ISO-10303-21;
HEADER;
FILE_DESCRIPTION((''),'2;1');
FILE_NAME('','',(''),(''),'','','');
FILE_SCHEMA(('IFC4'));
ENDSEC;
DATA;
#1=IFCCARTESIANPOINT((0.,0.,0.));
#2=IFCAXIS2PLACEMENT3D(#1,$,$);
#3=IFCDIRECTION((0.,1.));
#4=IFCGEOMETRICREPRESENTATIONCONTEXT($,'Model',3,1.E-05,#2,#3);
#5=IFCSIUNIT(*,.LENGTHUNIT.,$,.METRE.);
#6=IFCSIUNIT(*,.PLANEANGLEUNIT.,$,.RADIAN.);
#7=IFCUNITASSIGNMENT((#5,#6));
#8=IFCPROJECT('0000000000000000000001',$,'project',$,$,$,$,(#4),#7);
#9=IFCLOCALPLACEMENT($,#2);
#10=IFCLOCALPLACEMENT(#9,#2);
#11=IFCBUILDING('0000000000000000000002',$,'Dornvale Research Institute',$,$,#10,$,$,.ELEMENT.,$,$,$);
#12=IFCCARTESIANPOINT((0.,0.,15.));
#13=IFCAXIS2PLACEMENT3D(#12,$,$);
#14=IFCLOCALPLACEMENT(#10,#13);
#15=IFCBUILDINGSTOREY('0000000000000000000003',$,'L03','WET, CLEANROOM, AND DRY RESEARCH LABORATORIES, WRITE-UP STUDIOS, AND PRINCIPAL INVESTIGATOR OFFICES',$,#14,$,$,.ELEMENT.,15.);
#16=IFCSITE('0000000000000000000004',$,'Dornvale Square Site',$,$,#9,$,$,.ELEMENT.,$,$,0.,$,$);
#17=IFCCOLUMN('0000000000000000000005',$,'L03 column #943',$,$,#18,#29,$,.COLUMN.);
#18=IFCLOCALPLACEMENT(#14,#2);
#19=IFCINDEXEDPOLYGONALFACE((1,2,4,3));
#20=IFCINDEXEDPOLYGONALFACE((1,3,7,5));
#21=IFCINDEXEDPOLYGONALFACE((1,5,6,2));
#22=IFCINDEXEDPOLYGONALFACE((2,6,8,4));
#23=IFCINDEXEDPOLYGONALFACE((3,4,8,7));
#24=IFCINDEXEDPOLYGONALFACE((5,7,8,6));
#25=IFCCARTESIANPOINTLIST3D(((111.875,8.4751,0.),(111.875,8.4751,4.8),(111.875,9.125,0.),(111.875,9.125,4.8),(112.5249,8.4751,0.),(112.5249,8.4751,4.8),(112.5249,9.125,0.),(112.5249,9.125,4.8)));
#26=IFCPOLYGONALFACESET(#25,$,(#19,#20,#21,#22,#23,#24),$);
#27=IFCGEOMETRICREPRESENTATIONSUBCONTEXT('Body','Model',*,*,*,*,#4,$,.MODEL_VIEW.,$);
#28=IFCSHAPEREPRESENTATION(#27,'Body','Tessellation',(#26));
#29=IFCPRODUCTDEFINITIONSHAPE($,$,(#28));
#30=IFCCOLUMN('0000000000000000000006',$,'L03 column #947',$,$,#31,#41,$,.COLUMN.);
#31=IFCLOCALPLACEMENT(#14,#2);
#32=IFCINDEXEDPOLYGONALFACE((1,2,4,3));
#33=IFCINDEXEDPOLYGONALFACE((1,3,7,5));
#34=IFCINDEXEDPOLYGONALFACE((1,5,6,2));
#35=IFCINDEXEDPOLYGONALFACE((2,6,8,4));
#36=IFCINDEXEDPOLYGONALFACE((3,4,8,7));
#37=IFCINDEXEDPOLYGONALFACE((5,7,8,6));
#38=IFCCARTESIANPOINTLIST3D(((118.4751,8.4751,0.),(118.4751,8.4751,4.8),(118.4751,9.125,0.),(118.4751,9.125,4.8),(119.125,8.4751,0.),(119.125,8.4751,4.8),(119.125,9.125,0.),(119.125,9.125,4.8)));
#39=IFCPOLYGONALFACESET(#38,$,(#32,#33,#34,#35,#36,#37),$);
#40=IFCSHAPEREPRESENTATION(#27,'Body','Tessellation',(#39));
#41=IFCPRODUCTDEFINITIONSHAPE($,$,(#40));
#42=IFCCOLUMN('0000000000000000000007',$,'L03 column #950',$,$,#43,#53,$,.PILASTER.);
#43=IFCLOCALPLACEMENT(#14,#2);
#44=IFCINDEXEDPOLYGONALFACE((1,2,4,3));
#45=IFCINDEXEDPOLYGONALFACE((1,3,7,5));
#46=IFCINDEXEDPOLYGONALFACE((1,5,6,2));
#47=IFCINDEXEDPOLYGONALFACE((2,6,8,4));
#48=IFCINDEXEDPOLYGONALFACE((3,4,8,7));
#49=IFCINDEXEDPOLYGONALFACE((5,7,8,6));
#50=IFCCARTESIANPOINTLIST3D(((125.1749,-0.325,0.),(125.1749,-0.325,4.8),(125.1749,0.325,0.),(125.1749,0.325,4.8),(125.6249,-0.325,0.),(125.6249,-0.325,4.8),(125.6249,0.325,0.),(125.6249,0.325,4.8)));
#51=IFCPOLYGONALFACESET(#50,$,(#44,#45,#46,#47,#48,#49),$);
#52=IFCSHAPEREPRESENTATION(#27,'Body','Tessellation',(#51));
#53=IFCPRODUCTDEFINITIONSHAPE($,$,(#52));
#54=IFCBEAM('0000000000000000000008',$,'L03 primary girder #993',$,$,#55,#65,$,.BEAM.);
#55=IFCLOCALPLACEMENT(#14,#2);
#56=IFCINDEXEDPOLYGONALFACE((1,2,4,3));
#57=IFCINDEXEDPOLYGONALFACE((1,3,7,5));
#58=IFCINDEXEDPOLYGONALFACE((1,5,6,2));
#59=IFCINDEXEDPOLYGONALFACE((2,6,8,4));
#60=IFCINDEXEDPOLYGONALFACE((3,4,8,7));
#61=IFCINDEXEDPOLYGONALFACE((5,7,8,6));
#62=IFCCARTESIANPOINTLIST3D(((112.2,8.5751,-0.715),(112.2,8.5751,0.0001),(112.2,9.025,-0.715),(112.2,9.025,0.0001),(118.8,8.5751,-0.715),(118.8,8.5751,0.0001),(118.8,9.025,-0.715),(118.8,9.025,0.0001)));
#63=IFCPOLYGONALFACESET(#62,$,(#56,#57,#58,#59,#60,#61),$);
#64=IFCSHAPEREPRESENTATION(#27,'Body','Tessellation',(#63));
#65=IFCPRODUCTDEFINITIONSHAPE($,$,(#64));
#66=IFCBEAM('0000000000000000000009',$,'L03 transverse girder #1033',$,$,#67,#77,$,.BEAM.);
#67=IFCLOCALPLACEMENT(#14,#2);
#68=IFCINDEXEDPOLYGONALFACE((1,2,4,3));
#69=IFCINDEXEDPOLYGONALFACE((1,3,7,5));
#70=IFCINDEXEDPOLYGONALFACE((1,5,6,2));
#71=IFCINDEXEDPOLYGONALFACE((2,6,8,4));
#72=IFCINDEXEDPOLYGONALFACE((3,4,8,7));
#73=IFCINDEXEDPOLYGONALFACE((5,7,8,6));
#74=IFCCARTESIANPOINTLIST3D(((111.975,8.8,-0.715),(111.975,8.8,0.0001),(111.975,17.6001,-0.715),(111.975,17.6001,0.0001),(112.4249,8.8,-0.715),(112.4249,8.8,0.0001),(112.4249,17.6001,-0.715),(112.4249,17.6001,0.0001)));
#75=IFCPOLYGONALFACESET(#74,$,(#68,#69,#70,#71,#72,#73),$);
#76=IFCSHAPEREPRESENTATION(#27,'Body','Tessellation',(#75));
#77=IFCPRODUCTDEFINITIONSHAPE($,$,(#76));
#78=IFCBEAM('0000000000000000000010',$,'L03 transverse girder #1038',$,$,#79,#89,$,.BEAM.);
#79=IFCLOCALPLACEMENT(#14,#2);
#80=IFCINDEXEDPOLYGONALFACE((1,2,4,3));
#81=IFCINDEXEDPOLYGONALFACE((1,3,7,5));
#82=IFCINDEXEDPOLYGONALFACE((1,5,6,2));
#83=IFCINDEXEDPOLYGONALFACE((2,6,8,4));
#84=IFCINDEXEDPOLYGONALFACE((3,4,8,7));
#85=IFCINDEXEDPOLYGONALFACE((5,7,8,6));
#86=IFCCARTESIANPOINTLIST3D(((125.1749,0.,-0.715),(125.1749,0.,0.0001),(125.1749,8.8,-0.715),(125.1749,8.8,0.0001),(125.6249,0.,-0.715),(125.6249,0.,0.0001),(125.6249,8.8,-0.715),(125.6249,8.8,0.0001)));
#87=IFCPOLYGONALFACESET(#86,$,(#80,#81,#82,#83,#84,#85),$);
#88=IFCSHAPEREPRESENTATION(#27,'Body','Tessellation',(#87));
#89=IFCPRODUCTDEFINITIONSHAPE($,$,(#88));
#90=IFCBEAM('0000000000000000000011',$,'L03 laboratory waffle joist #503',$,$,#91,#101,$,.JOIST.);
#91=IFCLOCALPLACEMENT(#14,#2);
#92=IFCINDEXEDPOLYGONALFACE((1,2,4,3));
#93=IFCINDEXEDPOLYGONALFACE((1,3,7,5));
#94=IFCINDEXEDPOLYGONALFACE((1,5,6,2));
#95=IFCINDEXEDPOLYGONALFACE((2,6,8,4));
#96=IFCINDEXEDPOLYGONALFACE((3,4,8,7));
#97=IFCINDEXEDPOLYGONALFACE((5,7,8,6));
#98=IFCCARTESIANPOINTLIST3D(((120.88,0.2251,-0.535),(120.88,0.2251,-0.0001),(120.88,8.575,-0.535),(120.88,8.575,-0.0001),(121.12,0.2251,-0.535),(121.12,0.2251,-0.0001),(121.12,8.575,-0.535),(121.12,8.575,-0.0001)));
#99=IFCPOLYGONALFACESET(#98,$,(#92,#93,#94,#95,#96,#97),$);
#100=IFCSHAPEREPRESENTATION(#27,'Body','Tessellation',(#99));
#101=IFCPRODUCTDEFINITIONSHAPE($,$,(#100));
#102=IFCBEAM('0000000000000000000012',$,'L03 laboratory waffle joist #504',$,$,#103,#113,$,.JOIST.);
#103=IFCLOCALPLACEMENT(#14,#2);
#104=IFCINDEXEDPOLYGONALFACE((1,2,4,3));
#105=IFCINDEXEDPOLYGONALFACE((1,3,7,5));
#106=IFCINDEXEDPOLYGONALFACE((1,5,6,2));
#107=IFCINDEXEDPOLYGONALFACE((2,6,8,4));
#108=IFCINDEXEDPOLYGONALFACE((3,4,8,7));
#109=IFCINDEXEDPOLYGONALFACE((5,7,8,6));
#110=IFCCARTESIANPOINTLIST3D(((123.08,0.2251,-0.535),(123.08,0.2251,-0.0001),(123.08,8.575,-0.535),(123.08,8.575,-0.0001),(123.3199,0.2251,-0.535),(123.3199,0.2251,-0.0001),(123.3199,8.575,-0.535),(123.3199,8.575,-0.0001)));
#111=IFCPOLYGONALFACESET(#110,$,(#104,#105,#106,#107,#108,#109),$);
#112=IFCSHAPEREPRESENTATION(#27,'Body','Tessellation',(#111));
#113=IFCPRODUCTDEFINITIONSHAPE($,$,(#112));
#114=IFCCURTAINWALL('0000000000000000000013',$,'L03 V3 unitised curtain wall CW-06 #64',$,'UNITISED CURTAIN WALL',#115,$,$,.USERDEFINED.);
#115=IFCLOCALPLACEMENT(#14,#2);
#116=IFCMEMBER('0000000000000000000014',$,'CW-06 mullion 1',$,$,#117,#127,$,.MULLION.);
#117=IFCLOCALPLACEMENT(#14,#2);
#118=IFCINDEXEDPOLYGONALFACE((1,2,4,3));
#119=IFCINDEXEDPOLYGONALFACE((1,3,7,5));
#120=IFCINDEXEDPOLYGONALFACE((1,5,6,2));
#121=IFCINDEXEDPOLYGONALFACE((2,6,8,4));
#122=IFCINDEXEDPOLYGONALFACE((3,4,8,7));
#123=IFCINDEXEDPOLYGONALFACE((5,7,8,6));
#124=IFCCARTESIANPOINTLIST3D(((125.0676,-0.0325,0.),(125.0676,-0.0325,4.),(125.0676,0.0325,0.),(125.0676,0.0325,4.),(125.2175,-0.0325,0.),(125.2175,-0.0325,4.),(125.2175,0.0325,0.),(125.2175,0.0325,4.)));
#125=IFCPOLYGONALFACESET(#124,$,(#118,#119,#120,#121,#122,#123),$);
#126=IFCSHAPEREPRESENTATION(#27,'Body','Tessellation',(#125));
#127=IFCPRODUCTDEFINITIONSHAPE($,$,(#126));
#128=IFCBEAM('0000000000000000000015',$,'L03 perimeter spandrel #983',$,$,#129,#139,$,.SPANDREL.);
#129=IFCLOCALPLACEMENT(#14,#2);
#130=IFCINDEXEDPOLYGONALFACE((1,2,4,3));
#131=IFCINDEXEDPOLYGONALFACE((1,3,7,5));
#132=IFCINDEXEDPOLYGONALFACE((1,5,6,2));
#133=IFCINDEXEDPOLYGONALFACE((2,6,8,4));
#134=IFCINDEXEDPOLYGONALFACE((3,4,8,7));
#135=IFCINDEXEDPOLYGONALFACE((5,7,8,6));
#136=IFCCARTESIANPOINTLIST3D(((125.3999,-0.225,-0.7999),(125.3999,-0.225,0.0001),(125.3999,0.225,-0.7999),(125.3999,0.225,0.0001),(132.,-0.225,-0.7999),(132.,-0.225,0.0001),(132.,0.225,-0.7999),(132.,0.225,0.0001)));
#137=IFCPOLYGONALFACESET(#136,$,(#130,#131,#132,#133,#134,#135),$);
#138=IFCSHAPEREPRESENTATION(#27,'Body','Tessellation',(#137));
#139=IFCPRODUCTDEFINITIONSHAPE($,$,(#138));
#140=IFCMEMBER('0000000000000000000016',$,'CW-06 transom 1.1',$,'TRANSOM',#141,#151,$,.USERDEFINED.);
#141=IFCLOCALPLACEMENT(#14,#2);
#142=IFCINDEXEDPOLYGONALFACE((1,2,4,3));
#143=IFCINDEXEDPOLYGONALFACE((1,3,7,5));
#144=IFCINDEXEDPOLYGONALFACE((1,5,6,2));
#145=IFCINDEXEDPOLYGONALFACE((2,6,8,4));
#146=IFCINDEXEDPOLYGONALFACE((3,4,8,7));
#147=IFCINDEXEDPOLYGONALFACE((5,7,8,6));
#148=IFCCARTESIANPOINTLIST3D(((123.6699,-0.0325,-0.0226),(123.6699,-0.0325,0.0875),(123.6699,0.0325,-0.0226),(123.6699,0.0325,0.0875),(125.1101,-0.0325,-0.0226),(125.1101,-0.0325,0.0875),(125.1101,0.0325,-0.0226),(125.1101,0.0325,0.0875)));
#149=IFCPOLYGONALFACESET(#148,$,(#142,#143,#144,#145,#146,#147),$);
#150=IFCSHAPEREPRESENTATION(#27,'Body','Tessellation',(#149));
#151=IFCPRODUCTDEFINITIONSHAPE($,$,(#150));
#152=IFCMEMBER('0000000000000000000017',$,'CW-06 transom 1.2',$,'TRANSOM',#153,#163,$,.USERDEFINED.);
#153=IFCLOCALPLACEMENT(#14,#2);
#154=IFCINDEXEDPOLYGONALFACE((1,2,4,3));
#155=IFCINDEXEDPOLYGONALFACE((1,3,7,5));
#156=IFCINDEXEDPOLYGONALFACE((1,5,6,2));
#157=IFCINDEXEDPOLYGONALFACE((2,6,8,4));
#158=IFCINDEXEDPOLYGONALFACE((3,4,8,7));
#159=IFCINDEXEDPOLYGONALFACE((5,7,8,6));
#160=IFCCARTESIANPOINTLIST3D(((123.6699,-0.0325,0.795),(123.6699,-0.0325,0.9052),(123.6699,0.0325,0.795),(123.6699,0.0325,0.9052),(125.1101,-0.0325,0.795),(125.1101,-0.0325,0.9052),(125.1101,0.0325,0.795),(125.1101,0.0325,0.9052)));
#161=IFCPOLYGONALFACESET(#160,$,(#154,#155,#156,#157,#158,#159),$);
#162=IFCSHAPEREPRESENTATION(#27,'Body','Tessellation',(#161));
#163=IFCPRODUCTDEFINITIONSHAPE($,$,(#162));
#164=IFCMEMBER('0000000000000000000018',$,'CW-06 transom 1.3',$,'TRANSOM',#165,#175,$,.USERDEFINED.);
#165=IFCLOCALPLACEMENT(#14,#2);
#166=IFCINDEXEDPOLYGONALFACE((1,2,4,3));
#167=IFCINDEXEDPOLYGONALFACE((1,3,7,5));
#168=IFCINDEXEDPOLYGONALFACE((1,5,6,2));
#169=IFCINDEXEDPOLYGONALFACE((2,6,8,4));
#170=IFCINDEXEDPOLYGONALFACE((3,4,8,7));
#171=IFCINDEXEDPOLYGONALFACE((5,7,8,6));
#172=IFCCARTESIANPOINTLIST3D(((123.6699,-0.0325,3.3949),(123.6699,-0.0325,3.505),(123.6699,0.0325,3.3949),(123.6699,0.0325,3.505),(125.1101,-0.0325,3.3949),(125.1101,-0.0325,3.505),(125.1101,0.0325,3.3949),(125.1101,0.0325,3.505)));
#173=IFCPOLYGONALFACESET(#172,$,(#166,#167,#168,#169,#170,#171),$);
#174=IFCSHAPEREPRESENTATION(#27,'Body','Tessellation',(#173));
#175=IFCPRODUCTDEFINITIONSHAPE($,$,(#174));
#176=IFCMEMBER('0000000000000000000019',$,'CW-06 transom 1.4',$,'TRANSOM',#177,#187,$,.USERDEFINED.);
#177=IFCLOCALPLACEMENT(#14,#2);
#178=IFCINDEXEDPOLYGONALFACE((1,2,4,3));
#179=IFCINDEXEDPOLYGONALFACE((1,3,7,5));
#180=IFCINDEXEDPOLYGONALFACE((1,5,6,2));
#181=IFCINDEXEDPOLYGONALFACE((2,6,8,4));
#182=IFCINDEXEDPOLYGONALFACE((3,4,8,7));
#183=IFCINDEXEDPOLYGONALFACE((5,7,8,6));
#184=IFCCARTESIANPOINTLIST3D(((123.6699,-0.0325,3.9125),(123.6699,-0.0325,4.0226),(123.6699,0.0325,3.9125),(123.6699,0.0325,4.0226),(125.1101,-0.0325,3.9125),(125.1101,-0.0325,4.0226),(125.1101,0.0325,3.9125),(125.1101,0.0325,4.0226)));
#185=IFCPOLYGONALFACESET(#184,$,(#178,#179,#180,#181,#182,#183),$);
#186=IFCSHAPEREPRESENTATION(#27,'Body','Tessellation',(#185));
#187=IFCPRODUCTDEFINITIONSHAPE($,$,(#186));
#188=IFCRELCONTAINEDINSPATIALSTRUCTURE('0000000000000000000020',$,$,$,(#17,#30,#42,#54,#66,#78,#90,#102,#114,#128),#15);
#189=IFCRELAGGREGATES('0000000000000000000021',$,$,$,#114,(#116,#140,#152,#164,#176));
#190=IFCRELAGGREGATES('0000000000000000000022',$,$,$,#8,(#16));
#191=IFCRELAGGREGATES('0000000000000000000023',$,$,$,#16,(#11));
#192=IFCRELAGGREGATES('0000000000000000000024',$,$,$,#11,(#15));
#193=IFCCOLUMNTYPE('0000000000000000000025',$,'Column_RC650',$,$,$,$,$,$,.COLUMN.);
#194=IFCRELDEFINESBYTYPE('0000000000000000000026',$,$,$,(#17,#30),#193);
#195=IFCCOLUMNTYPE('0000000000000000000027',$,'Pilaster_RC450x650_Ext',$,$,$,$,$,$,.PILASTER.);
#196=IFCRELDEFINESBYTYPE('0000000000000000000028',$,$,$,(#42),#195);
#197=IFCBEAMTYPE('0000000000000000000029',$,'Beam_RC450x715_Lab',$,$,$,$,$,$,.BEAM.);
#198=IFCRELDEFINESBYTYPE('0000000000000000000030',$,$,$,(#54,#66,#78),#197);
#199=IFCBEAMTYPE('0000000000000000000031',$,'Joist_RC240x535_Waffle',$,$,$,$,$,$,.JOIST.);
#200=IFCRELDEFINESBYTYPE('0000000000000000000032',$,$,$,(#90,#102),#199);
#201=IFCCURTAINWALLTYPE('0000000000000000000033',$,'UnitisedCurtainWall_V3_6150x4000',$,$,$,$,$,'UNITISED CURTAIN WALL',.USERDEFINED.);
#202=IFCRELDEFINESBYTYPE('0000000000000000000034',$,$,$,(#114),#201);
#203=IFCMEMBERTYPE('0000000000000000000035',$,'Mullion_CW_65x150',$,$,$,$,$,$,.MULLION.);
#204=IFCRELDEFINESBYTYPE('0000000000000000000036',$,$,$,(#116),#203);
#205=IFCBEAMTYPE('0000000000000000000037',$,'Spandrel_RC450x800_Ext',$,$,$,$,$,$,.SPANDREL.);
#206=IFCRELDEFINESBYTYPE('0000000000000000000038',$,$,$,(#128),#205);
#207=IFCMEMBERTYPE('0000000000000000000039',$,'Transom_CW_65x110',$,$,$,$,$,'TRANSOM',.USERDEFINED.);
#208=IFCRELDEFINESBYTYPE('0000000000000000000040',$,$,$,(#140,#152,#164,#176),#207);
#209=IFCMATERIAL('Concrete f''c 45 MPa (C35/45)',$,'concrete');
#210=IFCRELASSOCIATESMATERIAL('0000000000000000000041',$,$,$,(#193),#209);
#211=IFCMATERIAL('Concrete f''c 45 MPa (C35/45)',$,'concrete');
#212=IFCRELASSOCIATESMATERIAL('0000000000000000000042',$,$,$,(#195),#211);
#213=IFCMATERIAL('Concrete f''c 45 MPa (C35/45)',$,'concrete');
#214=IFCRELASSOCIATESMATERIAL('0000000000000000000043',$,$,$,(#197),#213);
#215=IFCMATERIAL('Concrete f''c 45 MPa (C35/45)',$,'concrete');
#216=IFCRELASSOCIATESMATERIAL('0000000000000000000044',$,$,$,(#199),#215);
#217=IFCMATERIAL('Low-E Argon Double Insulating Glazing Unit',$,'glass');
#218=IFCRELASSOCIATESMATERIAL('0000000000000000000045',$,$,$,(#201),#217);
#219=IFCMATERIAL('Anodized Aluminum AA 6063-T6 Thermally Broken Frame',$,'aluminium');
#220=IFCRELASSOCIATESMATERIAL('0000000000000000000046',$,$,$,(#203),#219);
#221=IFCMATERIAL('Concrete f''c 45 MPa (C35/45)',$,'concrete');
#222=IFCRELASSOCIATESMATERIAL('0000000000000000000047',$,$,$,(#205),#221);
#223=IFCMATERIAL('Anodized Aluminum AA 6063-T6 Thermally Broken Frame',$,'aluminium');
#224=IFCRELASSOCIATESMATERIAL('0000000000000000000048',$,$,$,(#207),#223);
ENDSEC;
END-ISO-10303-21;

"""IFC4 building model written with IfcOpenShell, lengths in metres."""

from ifc_helpers import new_model, si_unit, direction, frame, origin, origin_2d, place, context, subcontext, project, spatial, rectangle, extrude, material, material_profile, profile_set, type_object, element, aggregate, save


model = new_model("IFC4")

# Units and contexts
model_context = context("Model", 3, precision=1e-05, world=origin(), true_north=direction((0.0, 1.0)))
body_context = subcontext(model_context, "Body", "Model", "MODEL_VIEW")
ifc_project = project(units=[si_unit("LENGTHUNIT", "METRE"), si_unit("PLANEANGLEUNIT", "RADIAN")], contexts=[model_context])

# Site, building, storey
site_placement = place(None, origin())
site = spatial("IfcSite", under=ifc_project, at=site_placement, Name="Dornvale Square Site", CompositionType="ELEMENT", RefElevation=0.0)
building_placement = place(site_placement, origin())
building = spatial("IfcBuilding", under=site, at=building_placement, Name="Dornvale Research Institute", CompositionType="ELEMENT")
storey_placement = place(building_placement, frame((0.0, 0.0, 15.0)))
storey = spatial("IfcBuildingStorey", under=building, at=storey_placement, Name="L03", Description="WET, CLEANROOM, AND DRY RESEARCH LABORATORIES, WRITE-UP STUDIOS, AND PRINCIPAL INVESTIGATOR OFFICES", CompositionType="ELEMENT", Elevation=15.0)

# Columns
ifc_material_1 = material(Name="Concrete f'c 45 MPa (C35/45)", Category="concrete")
ifc_material_profile_1 = material_profile(ifc_material_1, rectangle(XDim=0.6499, YDim=0.6499, at=origin_2d()), Name="RC 650x650")
ifc_profile_set_1 = profile_set([ifc_material_profile_1], Name="Concrete f'c 45 MPa (C35/45)")
column_type_1 = type_object("IfcColumnType", Name="Column_RC650", PredefinedType="COLUMN", material=ifc_profile_set_1)
for number, where, z_axis, x_axis, name in (
    (1, (112.2, 8.8, 0.0), (0.0, 0.0, 1.0), (1.0, 0.0, 0.0), "L03 column #943"),
    (2, (118.8, 8.8, 0.0), (0.0, 0.0, 1.0), (1.0, 0.0, 0.0), "L03 column #947"),
):
    element("IfcColumn", number, at=place(storey_placement, frame(where, z_axis=z_axis, x_axis=x_axis)), inside=storey, type_object=column_type_1, Name=name, PredefinedType="COLUMN", context=body_context, shape_type="SweptSolid", body=[
        extrude(rectangle(XDim=0.6499, YDim=0.6499, at=origin_2d()), origin(), (0.0, 0.0, 1.0), 4.8),
    ])
ifc_material_2 = material(Name="Concrete f'c 45 MPa (C35/45)", Category="concrete")
ifc_material_profile_2 = material_profile(ifc_material_2, rectangle(XDim=0.45, YDim=0.6499, at=origin_2d()), Name="RC 450x650")
ifc_profile_set_2 = profile_set([ifc_material_profile_2], Name="Concrete f'c 45 MPa (C35/45)")
column_type_2 = type_object("IfcColumnType", Name="Pilaster_RC450x650_Ext", PredefinedType="PILASTER", material=ifc_profile_set_2)
column_placement = place(storey_placement, frame((125.3999, 0.0, 0.0), z_axis=(0.0, 0.0, 1.0), x_axis=(1.0, 0.0, 0.0)))
element("IfcColumn", 3, at=column_placement, inside=storey, type_object=column_type_2, Name="L03 column #950", PredefinedType="PILASTER", context=body_context, shape_type="SweptSolid", body=[
    extrude(rectangle(XDim=0.45, YDim=0.6499, at=origin_2d()), origin(), (0.0, 0.0, 1.0), 4.8),
])

# Beams
ifc_material_3 = material(Name="Concrete f'c 45 MPa (C35/45)", Category="concrete")
ifc_material_profile_3 = material_profile(ifc_material_3, rectangle(XDim=0.45, YDim=0.7151, at=origin_2d()), Name="RC 450x715")
ifc_profile_set_3 = profile_set([ifc_material_profile_3], Name="Concrete f'c 45 MPa (C35/45)")
beam_type_1 = type_object("IfcBeamType", Name="Beam_RC450x715_Lab", PredefinedType="BEAM", material=ifc_profile_set_3)
beam_1_placement = place(storey_placement, frame((112.2, 8.8, -0.3574), z_axis=(1.0, 0.0, 0.0), x_axis=(0.0, 1.0, 0.0)))
element("IfcBeam", 4, at=beam_1_placement, inside=storey, type_object=beam_type_1, Name="L03 primary girder #993", PredefinedType="BEAM", context=body_context, shape_type="SweptSolid", body=[
    extrude(rectangle(XDim=0.45, YDim=0.7151, at=origin_2d()), origin(), (0.0, 0.0, 1.0), 6.6001),
])
for number, where, z_axis, x_axis, name in (
    (5, (112.2, 8.8, -0.3574), (0.0, 1.0, 0.0), (-1.0, 0.0, 0.0), "L03 transverse girder #1033"),
    (6, (125.3999, 0.0, -0.3574), (0.0, 1.0, 0.0), (-1.0, 0.0, 0.0), "L03 transverse girder #1038"),
):
    element("IfcBeam", number, at=place(storey_placement, frame(where, z_axis=z_axis, x_axis=x_axis)), inside=storey, type_object=beam_type_1, Name=name, PredefinedType="BEAM", context=body_context, shape_type="SweptSolid", body=[
        extrude(rectangle(XDim=0.45, YDim=0.7151, at=origin_2d()), origin(), (0.0, 0.0, 1.0), 8.8),
    ])
ifc_material_4 = material(Name="Concrete f'c 45 MPa (C35/45)", Category="concrete")
ifc_material_profile_4 = material_profile(ifc_material_4, rectangle(XDim=0.24, YDim=0.5349, at=origin_2d()), Name="RC 240x535")
ifc_profile_set_4 = profile_set([ifc_material_profile_4], Name="Concrete f'c 45 MPa (C35/45)")
beam_type_2 = type_object("IfcBeamType", Name="Joist_RC240x535_Waffle", PredefinedType="JOIST", material=ifc_profile_set_4)
for number, where, z_axis, x_axis, name in (
    (7, (121.0, 0.2251, -0.2676), (0.0, 1.0, 0.0), (-1.0, 0.0, 0.0), "L03 laboratory waffle joist #503"),
    (8, (123.2, 0.2251, -0.2676), (0.0, 1.0, 0.0), (-1.0, 0.0, 0.0), "L03 laboratory waffle joist #504"),
):
    element("IfcBeam", number, at=place(storey_placement, frame(where, z_axis=z_axis, x_axis=x_axis)), inside=storey, type_object=beam_type_2, Name=name, PredefinedType="JOIST", context=body_context, shape_type="SweptSolid", body=[
        extrude(rectangle(XDim=0.24, YDim=0.5349, at=origin_2d()), origin(), (0.0, 0.0, 1.0), 8.3499),
    ])

# Curtain wall, member
ifc_material_5 = material(Name="Low-E Argon Double Insulating Glazing Unit", Category="glass")
curtain_wall_type = type_object("IfcCurtainWallType", Name="UnitisedCurtainWall_V3_6150x4000", ElementType="UNITISED CURTAIN WALL", PredefinedType="USERDEFINED", material=ifc_material_5)
curtain_wall_placement = place(storey_placement, origin())
curtain_wall = element("IfcCurtainWall", 9, at=curtain_wall_placement, inside=storey, type_object=curtain_wall_type, Name="L03 V3 unitised curtain wall CW-06 #64", ObjectType="UNITISED CURTAIN WALL", PredefinedType="USERDEFINED")
ifc_material_6 = material(Name="Anodized Aluminum AA 6063-T6 Thermally Broken Frame", Category="aluminium")
ifc_material_profile_5 = material_profile(ifc_material_6, rectangle(XDim=0.0649, YDim=0.1499, at=origin_2d()), Name="ALU MULLION 65x150")
ifc_profile_set_5 = profile_set([ifc_material_profile_5], Name="Anodized Aluminum AA 6063-T6 Thermally Broken Frame")
member_type_1 = type_object("IfcMemberType", Name="Mullion_CW_65x150", PredefinedType="MULLION", material=ifc_profile_set_5)
member_1_placement = place(storey_placement, frame((125.1426, 0.0, 0.0), z_axis=(0.0, 0.0, 1.0), x_axis=(0.0, -1.0, 0.0)))
member_1 = element("IfcMember", 10, at=member_1_placement, type_object=member_type_1, Name="CW-06 mullion 1", PredefinedType="MULLION", context=body_context, shape_type="SweptSolid", body=[
    extrude(rectangle(XDim=0.0649, YDim=0.1499, at=origin_2d()), origin(), (0.0, 0.0, 1.0), 4.0),
])

# Beam
ifc_material_7 = material(Name="Concrete f'c 45 MPa (C35/45)", Category="concrete")
ifc_material_profile_6 = material_profile(ifc_material_7, rectangle(XDim=0.45, YDim=0.8, at=origin_2d()), Name="RC 450x800")
ifc_profile_set_6 = profile_set([ifc_material_profile_6], Name="Concrete f'c 45 MPa (C35/45)")
beam_type_3 = type_object("IfcBeamType", Name="Spandrel_RC450x800_Ext", PredefinedType="SPANDREL", material=ifc_profile_set_6)
beam_2_placement = place(storey_placement, frame((125.3999, 0.0, -0.3999), z_axis=(1.0, 0.0, 0.0), x_axis=(0.0, 1.0, 0.0)))
element("IfcBeam", 11, at=beam_2_placement, inside=storey, type_object=beam_type_3, Name="L03 perimeter spandrel #983", PredefinedType="SPANDREL", context=body_context, shape_type="SweptSolid", body=[
    extrude(rectangle(XDim=0.45, YDim=0.8, at=origin_2d()), origin(), (0.0, 0.0, 1.0), 6.6001),
])

# Members
ifc_material_8 = material(Name="Anodized Aluminum AA 6063-T6 Thermally Broken Frame", Category="aluminium")
ifc_material_profile_7 = material_profile(ifc_material_8, rectangle(XDim=0.0649, YDim=0.1101, at=origin_2d()), Name="ALU TRANSOM 65x110")
ifc_profile_set_7 = profile_set([ifc_material_profile_7], Name="Anodized Aluminum AA 6063-T6 Thermally Broken Frame")
member_type_2 = type_object("IfcMemberType", Name="Transom_CW_65x110", ElementType="TRANSOM", PredefinedType="USERDEFINED", material=ifc_profile_set_7)
member_2_placement = place(storey_placement, frame((125.1101, 0.0, 0.0325), z_axis=(-1.0, 0.0, 0.0), x_axis=(0.0, -1.0, 0.0)))
member_2 = element("IfcMember", 12, at=member_2_placement, type_object=member_type_2, Name="CW-06 transom 1.1", ObjectType="TRANSOM", PredefinedType="USERDEFINED", context=body_context, shape_type="SweptSolid", body=[
    extrude(rectangle(XDim=0.0649, YDim=0.1101, at=origin_2d()), origin(), (0.0, 0.0, 1.0), 1.4402),
])
member_3_placement = place(storey_placement, frame((125.1101, 0.0, 0.8501), z_axis=(-1.0, 0.0, 0.0), x_axis=(0.0, -1.0, 0.0)))
member_3 = element("IfcMember", 13, at=member_3_placement, type_object=member_type_2, Name="CW-06 transom 1.2", ObjectType="TRANSOM", PredefinedType="USERDEFINED", context=body_context, shape_type="SweptSolid", body=[
    extrude(rectangle(XDim=0.0649, YDim=0.1101, at=origin_2d()), origin(), (0.0, 0.0, 1.0), 1.4402),
])
member_4_placement = place(storey_placement, frame((125.1101, 0.0, 3.45), z_axis=(-1.0, 0.0, 0.0), x_axis=(0.0, -1.0, 0.0)))
member_4 = element("IfcMember", 14, at=member_4_placement, type_object=member_type_2, Name="CW-06 transom 1.3", ObjectType="TRANSOM", PredefinedType="USERDEFINED", context=body_context, shape_type="SweptSolid", body=[
    extrude(rectangle(XDim=0.0649, YDim=0.1101, at=origin_2d()), origin(), (0.0, 0.0, 1.0), 1.4402),
])
member_5_placement = place(storey_placement, frame((125.1101, 0.0, 3.9675), z_axis=(-1.0, 0.0, 0.0), x_axis=(0.0, -1.0, 0.0)))
member_5 = element("IfcMember", 15, at=member_5_placement, type_object=member_type_2, Name="CW-06 transom 1.4", ObjectType="TRANSOM", PredefinedType="USERDEFINED", context=body_context, shape_type="SweptSolid", body=[
    extrude(rectangle(XDim=0.0649, YDim=0.1101, at=origin_2d()), origin(), (0.0, 0.0, 1.0), 1.4402),
])
aggregate(curtain_wall, [member_1, member_2, member_3, member_4, member_5])

save(model, "model.ifc")
